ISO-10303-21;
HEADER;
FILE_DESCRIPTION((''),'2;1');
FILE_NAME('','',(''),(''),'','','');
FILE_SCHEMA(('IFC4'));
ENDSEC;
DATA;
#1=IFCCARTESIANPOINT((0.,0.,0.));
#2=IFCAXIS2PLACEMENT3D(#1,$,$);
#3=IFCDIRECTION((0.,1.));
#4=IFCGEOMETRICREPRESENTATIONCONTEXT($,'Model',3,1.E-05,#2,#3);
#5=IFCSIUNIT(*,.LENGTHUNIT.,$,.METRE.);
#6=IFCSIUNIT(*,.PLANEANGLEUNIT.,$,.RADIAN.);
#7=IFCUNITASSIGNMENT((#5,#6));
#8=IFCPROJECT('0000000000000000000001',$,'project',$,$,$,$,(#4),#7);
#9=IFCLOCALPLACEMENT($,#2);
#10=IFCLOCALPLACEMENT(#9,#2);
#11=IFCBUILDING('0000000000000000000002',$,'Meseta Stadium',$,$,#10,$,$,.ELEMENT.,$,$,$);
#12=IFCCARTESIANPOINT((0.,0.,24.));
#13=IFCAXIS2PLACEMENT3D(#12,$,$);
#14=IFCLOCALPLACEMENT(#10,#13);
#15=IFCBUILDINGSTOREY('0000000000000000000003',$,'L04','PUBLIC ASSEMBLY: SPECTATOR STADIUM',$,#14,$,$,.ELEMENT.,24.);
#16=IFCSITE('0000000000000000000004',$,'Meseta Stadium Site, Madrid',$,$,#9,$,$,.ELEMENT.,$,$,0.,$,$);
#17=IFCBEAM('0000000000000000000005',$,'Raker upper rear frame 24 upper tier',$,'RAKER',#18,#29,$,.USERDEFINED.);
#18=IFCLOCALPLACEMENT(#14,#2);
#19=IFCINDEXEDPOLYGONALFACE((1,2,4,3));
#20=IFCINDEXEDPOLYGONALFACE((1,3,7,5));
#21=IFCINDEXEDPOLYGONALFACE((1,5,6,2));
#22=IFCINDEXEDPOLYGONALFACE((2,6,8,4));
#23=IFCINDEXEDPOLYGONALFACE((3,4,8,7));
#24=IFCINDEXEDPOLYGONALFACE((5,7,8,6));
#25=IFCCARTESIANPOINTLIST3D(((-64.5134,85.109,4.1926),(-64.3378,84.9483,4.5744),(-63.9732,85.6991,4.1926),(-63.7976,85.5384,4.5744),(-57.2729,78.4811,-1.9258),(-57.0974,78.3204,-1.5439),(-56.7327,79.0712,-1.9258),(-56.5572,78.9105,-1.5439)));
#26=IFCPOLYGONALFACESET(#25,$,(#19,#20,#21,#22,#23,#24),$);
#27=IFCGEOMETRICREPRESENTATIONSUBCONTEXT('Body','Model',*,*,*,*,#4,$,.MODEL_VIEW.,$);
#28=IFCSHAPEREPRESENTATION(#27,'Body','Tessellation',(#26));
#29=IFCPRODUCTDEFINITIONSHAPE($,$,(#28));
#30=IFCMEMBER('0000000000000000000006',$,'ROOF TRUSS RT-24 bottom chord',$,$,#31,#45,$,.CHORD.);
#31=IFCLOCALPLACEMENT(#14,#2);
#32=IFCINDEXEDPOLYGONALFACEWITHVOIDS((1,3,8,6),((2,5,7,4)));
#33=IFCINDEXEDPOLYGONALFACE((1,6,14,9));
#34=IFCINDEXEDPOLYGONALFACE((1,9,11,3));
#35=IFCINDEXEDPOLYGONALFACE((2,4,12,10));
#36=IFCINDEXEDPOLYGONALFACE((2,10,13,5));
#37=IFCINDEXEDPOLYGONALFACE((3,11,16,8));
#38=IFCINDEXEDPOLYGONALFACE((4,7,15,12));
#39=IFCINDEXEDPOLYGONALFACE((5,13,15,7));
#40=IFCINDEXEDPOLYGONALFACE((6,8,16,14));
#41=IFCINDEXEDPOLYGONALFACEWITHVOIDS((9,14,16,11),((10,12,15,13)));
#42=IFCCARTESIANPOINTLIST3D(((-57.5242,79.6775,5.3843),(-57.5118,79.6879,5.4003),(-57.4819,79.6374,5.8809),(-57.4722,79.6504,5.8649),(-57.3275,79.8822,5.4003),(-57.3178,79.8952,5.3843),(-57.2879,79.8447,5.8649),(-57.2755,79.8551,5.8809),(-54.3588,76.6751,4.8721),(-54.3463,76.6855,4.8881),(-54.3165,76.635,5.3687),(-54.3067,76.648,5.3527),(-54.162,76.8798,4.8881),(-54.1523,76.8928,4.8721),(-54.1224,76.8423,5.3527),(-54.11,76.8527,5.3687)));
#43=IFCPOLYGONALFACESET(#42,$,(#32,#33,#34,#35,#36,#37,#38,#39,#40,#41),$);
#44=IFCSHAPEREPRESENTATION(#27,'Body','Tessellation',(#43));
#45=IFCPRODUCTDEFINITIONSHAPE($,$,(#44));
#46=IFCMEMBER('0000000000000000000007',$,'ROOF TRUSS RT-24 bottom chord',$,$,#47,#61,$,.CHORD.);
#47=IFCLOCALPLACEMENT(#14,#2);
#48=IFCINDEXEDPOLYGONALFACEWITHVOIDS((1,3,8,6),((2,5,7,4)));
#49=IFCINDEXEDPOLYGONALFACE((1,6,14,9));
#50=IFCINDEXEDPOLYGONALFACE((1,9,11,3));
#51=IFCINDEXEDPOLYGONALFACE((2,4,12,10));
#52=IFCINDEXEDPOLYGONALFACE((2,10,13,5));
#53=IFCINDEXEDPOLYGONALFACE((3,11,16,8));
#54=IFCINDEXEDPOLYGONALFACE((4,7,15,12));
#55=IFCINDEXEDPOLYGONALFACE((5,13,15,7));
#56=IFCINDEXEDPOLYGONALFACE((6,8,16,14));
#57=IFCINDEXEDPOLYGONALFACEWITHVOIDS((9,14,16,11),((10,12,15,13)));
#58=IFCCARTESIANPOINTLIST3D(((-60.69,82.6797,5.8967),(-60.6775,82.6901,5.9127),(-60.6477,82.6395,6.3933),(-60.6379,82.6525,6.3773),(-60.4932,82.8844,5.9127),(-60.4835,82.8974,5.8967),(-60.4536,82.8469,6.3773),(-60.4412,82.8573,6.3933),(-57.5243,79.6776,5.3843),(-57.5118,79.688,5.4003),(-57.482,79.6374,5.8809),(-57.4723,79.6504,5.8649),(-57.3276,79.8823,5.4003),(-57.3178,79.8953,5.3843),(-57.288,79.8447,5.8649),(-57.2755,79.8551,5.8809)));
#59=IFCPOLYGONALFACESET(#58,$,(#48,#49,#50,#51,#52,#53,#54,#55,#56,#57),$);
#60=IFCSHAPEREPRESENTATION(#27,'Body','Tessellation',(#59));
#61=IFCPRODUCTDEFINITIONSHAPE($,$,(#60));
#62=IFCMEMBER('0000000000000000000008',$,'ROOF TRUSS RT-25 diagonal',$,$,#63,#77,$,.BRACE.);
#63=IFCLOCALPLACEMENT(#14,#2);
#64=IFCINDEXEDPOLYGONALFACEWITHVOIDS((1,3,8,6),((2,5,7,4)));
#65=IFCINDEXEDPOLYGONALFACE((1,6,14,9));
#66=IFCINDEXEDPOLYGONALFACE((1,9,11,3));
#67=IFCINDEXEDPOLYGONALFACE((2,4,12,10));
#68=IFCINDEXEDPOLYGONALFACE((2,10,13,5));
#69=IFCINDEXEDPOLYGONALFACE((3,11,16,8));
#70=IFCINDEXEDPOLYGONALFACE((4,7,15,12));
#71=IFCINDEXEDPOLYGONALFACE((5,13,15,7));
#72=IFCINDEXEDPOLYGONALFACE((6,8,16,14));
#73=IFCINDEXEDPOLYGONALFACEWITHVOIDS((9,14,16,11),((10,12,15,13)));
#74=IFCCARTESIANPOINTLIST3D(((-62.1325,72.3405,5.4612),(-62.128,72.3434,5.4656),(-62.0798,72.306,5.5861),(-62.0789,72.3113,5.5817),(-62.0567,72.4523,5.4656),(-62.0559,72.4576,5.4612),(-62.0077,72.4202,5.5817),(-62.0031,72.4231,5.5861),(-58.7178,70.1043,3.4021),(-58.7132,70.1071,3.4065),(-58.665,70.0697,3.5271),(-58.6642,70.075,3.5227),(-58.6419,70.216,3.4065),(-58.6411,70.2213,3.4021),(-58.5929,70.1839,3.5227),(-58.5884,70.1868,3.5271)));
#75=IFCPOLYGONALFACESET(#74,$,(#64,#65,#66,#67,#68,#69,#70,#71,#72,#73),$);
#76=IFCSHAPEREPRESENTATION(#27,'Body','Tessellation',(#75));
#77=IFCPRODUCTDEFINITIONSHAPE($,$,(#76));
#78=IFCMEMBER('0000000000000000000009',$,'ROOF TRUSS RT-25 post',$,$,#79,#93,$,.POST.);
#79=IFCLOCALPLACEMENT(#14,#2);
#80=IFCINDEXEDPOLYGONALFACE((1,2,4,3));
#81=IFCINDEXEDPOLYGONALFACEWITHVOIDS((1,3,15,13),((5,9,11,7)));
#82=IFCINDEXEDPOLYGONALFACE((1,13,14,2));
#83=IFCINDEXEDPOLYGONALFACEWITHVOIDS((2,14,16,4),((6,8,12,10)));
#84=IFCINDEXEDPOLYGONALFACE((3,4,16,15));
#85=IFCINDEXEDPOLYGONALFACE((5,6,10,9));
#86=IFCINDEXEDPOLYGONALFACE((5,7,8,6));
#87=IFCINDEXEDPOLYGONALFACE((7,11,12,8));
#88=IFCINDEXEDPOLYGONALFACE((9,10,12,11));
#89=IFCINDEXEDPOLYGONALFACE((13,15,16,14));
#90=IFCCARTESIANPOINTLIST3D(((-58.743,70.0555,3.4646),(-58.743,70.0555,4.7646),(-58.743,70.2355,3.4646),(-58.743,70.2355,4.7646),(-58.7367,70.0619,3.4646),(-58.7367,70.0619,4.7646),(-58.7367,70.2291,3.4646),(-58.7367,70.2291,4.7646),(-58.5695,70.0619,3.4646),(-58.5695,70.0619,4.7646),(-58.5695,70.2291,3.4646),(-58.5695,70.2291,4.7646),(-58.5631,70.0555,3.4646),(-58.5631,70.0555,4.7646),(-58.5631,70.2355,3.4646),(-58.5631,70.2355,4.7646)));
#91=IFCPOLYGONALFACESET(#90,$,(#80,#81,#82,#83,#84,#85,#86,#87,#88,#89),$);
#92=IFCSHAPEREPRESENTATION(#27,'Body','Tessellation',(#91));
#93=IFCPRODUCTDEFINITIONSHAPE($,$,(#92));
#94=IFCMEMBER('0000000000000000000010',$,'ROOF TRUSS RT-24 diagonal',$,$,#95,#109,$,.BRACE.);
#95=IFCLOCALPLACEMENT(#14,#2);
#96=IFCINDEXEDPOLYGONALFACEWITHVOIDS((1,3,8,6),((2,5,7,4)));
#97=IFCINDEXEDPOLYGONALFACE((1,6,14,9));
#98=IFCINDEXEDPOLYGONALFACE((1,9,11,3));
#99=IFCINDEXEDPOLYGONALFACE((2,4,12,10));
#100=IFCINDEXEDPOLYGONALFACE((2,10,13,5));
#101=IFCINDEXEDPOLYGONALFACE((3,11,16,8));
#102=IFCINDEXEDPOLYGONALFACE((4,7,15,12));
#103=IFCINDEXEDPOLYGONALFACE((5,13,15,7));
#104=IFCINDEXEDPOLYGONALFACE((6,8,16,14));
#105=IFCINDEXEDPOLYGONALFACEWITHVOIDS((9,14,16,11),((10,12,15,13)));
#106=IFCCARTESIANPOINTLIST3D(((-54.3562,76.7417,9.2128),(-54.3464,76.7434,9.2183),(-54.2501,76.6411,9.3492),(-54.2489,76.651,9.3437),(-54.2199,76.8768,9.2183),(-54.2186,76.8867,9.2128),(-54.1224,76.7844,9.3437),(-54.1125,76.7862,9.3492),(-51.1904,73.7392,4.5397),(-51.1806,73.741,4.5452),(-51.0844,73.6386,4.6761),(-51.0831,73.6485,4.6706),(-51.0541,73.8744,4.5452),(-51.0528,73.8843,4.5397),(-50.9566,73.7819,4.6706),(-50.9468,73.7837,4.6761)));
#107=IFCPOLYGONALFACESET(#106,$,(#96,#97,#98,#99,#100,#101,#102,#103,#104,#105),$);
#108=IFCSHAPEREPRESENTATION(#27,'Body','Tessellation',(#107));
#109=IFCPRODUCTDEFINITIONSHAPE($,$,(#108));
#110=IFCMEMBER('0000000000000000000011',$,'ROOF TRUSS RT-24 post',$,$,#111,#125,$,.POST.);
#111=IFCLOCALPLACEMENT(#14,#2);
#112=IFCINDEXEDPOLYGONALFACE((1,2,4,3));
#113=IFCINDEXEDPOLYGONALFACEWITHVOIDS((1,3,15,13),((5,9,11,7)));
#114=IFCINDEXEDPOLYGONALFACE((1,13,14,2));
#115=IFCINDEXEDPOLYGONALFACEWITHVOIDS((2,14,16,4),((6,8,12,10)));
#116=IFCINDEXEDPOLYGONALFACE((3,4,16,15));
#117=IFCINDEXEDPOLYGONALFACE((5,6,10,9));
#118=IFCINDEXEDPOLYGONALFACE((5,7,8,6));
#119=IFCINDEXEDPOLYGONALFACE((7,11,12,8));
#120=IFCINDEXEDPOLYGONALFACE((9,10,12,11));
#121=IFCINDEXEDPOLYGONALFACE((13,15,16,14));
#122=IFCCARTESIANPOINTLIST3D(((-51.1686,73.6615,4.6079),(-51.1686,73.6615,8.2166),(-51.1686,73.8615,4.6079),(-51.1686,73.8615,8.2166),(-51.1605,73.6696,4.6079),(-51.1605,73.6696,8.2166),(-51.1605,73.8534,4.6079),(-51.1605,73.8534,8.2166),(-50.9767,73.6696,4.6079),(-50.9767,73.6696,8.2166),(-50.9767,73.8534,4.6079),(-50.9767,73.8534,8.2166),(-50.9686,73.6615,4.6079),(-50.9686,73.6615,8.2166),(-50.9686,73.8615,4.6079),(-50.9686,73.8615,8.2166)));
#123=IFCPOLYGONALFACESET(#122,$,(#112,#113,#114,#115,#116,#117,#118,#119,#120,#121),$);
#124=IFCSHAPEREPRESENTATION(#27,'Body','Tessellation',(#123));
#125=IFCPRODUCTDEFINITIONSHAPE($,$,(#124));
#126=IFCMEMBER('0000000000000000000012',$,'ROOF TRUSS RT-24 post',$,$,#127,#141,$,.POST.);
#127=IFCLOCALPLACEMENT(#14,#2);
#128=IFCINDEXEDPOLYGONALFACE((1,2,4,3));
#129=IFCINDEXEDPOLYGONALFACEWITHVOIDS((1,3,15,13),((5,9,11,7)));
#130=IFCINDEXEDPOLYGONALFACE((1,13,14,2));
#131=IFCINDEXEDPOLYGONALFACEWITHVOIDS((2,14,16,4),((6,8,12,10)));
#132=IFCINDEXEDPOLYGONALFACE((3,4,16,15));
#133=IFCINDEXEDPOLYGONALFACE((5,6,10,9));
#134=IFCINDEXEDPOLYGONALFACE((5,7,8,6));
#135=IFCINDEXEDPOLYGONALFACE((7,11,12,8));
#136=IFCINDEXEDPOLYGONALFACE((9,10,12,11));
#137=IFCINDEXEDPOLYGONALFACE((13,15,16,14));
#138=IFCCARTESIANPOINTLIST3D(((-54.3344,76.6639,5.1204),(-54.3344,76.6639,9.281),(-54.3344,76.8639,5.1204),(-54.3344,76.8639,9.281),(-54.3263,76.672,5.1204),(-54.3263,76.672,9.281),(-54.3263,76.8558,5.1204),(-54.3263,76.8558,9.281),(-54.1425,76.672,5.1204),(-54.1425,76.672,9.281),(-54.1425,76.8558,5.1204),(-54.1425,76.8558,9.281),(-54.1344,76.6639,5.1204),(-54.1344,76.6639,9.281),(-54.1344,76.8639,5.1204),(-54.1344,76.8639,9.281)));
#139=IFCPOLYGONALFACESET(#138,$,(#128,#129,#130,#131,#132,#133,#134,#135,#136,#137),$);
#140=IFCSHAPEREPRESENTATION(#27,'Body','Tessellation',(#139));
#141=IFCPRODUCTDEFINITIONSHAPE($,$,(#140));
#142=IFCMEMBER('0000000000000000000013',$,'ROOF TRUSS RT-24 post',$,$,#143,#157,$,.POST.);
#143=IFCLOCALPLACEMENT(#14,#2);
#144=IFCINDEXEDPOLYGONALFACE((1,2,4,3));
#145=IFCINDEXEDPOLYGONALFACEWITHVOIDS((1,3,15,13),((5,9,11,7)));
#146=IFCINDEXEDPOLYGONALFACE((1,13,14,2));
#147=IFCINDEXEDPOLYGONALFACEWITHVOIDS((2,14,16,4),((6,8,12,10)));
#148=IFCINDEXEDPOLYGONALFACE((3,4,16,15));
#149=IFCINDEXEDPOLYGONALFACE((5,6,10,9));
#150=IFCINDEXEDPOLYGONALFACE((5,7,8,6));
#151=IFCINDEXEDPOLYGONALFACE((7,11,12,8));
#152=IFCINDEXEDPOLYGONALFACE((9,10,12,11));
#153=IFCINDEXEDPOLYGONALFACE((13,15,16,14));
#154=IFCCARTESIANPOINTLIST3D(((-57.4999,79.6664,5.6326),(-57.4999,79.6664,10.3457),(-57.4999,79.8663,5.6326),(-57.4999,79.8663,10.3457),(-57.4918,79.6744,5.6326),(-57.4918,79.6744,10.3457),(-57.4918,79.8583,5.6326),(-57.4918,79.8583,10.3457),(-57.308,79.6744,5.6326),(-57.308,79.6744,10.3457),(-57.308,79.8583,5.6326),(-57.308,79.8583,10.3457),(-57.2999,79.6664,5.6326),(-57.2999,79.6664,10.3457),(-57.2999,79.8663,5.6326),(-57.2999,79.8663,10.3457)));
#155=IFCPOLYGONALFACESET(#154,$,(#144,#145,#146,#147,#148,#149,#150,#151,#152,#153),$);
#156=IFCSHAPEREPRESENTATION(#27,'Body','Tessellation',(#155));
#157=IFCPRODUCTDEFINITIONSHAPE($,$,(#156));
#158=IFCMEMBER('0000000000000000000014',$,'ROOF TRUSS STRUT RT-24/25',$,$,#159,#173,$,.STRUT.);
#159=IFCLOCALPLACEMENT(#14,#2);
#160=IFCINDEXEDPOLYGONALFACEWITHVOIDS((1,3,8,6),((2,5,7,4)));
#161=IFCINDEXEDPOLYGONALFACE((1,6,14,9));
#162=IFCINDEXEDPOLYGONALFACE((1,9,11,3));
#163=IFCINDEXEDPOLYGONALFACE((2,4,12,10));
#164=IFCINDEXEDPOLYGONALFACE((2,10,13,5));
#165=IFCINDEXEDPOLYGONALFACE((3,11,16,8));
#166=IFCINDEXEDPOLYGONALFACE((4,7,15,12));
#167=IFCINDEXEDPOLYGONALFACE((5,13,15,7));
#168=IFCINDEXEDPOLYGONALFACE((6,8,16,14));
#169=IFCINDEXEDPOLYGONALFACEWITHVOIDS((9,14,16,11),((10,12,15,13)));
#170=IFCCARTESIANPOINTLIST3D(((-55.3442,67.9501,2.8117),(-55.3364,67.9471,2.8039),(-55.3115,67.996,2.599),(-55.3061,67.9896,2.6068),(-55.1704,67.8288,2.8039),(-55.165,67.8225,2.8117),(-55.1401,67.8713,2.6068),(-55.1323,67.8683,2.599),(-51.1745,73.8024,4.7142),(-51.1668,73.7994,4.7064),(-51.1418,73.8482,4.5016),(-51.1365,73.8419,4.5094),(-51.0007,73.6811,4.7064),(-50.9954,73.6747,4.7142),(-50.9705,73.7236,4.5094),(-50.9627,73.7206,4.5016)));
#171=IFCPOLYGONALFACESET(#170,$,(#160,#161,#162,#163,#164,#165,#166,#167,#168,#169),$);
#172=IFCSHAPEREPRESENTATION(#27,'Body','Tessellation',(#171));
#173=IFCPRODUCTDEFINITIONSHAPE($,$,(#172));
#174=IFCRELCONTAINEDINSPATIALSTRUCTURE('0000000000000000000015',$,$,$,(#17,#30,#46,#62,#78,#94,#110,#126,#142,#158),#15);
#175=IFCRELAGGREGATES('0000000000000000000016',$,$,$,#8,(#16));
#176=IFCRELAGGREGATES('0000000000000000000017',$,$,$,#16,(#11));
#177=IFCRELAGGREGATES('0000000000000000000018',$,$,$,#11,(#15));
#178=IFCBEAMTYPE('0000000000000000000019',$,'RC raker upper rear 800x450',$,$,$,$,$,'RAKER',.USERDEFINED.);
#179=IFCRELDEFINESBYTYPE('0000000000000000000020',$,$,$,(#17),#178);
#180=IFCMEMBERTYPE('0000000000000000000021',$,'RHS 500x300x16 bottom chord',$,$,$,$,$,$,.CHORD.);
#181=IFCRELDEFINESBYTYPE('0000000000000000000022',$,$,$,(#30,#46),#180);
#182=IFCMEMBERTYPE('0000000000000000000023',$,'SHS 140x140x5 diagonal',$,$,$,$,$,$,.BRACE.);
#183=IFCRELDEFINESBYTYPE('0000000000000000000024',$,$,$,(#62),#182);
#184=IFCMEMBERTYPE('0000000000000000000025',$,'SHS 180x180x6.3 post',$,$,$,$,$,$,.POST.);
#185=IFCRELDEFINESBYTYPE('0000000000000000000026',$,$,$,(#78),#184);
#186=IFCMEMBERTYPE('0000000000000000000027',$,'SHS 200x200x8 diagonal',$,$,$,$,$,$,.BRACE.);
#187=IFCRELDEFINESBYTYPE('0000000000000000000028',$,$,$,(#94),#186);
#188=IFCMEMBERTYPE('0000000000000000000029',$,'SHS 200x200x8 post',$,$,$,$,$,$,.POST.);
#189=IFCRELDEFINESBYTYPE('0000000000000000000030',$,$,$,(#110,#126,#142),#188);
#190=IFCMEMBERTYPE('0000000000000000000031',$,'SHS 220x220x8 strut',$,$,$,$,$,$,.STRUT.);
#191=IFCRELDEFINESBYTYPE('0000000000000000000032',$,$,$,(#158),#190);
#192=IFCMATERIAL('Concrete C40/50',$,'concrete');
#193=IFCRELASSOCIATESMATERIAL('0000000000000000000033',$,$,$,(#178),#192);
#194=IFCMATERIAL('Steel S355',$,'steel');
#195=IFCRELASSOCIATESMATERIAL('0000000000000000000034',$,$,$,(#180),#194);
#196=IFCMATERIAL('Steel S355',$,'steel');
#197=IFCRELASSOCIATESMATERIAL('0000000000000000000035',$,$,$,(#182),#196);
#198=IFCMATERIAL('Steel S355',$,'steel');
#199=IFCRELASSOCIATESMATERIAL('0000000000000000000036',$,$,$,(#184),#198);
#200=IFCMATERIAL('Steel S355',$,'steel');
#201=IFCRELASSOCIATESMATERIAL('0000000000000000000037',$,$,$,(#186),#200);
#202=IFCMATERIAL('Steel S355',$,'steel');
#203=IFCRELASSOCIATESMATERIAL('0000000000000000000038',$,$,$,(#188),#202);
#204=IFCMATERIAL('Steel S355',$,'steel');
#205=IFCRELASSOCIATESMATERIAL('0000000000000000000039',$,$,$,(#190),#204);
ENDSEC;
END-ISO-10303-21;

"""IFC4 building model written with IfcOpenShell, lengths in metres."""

from ifc_helpers import new_model, si_unit, direction, frame, origin, origin_2d, place, context, subcontext, project, spatial, rectangle, hollow_rectangle, extrude, material, material_profile, profile_set, type_object, element, save


model = new_model("IFC4")

# Units and contexts
model_context = context("Model", 3, precision=1e-05, world=origin(), true_north=direction((0.0, 1.0)))
body_context = subcontext(model_context, "Body", "Model", "MODEL_VIEW")
ifc_project = project(units=[si_unit("LENGTHUNIT", "METRE"), si_unit("PLANEANGLEUNIT", "RADIAN")], contexts=[model_context])

# Site, building, storey
site_placement = place(None, origin())
site = spatial("IfcSite", under=ifc_project, at=site_placement, Name="Meseta Stadium Site, Madrid", CompositionType="ELEMENT", RefElevation=0.0)
building_placement = place(site_placement, origin())
building = spatial("IfcBuilding", under=site, at=building_placement, Name="Meseta Stadium", CompositionType="ELEMENT")
storey_placement = place(building_placement, frame((0.0, 0.0, 24.0)))
storey = spatial("IfcBuildingStorey", under=building, at=storey_placement, Name="L04", Description="PUBLIC ASSEMBLY: SPECTATOR STADIUM", CompositionType="ELEMENT", Elevation=24.0)

# Beam
ifc_material_1 = material(Name="Concrete C40/50", Category="concrete")
ifc_material_profile_1 = material_profile(ifc_material_1, rectangle(XDim=0.8, YDim=0.45, at=origin_2d()), Name="RC 800x450")
ifc_profile_set_1 = profile_set([ifc_material_profile_1], Name="Concrete C40/50")
beam_type = type_object("IfcBeamType", Name="RC raker upper rear 800x450", ElementType="RAKER", PredefinedType="USERDEFINED", material=ifc_profile_set_1)
beam_placement = place(storey_placement, frame((-56.915, 78.6958, -1.7349), z_axis=(-0.625975, 0.573017, 0.528967), x_axis=(-0.675217, -0.73762, 0.0)))
element("IfcBeam", 1, at=beam_placement, inside=storey, type_object=beam_type, Name="Raker upper rear frame 24 upper tier", ObjectType="RAKER", PredefinedType="USERDEFINED", context=body_context, shape_type="SweptSolid", body=[
    extrude(rectangle(XDim=0.8, YDim=0.45, at=origin_2d()), origin(), (0.0, 0.0, 1.0), 11.5667),
])

# Members
ifc_material_2 = material(Name="Steel S355", Category="steel")
ifc_material_profile_2 = material_profile(ifc_material_2, hollow_rectangle(XDim=0.3, YDim=0.5, WallThickness=0.0161, at=origin_2d()), Name="RHS 500x300x16")
ifc_profile_set_2 = profile_set([ifc_material_profile_2], Name="Steel S355")
member_type_1 = type_object("IfcMemberType", Name="RHS 500x300x16 bottom chord", PredefinedType="CHORD", material=ifc_profile_set_2)
for number, where, z_axis, x_axis, name in (
    (2, (-54.2344, 76.7639, 5.1204), (-0.720601, 0.683476, 0.116599), (-0.68817, -0.72555, 0.0), "ROOF TRUSS RT-24 bottom chord"),
    (3, (-57.3999, 79.7664, 5.6326), (-0.72065, 0.683414, 0.116653), (-0.688112, -0.725604, 0.0), "ROOF TRUSS RT-24 bottom chord"),
):
    element("IfcMember", number, at=place(storey_placement, frame(where, z_axis=z_axis, x_axis=x_axis)), inside=storey, type_object=member_type_1, Name=name, PredefinedType="CHORD", context=body_context, shape_type="SweptSolid", body=[
        extrude(hollow_rectangle(XDim=0.3, YDim=0.5, WallThickness=0.0161, at=origin_2d()), origin(), (0.0, 0.0, 1.0), 4.3928),
    ])
ifc_material_3 = material(Name="Steel S355", Category="steel")
ifc_material_profile_3 = material_profile(ifc_material_3, hollow_rectangle(XDim=0.1399, YDim=0.1399, WallThickness=0.0049, at=origin_2d()), Name="SHS 140x140x5")
ifc_profile_set_3 = profile_set([ifc_material_profile_3], Name="Steel S355")
member_type_2 = type_object("IfcMemberType", Name="SHS 140x140x5 diagonal", PredefinedType="BRACE", material=ifc_profile_set_3)
member_1_placement = place(storey_placement, frame((-58.6531, 70.1455, 3.4646), z_axis=(-0.746918, 0.489152, 0.450383), x_axis=(-0.547863, -0.836568, 0.0)))
element("IfcMember", 4, at=member_1_placement, inside=storey, type_object=member_type_2, Name="ROOF TRUSS RT-25 diagonal", PredefinedType="BRACE", context=body_context, shape_type="SweptSolid", body=[
    extrude(hollow_rectangle(XDim=0.1399, YDim=0.1399, WallThickness=0.0049, at=origin_2d()), origin(), (0.0, 0.0, 1.0), 4.5718),
])
ifc_material_4 = material(Name="Steel S355", Category="steel")
ifc_material_profile_4 = material_profile(ifc_material_4, hollow_rectangle(XDim=0.1799, YDim=0.1799, WallThickness=0.0063, at=origin_2d()), Name="SHS 180x180x6.3")
ifc_profile_set_4 = profile_set([ifc_material_profile_4], Name="Steel S355")
member_type_3 = type_object("IfcMemberType", Name="SHS 180x180x6.3 post", PredefinedType="POST", material=ifc_profile_set_4)
member_2_placement = place(storey_placement, frame((-58.6531, 70.1455, 3.4646), z_axis=(0.0, 0.0, 1.0), x_axis=(1.0, 0.0, 0.0)))
element("IfcMember", 5, at=member_2_placement, inside=storey, type_object=member_type_3, Name="ROOF TRUSS RT-25 post", PredefinedType="POST", context=body_context, shape_type="SweptSolid", body=[
    extrude(hollow_rectangle(XDim=0.1799, YDim=0.1799, WallThickness=0.0063, at=origin_2d()), origin(), (0.0, 0.0, 1.0), 1.3),
])
ifc_material_5 = material(Name="Steel S355", Category="steel")
ifc_material_profile_5 = material_profile(ifc_material_5, hollow_rectangle(XDim=0.2, YDim=0.2, WallThickness=0.0081, at=origin_2d()), Name="SHS 200x200x8")
ifc_profile_set_5 = profile_set([ifc_material_profile_5], Name="Steel S355")
member_type_4 = type_object("IfcMemberType", Name="SHS 200x200x8 diagonal", PredefinedType="BRACE", material=ifc_profile_set_5)
member_3_placement = place(storey_placement, frame((-51.0686, 73.7615, 4.6079), z_axis=(-0.495168, 0.469621, 0.730934), x_axis=(-0.688142, -0.725576, 0.0)))
element("IfcMember", 6, at=member_3_placement, inside=storey, type_object=member_type_4, Name="ROOF TRUSS RT-24 diagonal", PredefinedType="BRACE", context=body_context, shape_type="SweptSolid", body=[
    extrude(hollow_rectangle(XDim=0.2, YDim=0.2, WallThickness=0.0081, at=origin_2d()), origin(), (0.0, 0.0, 1.0), 6.3933),
])
ifc_material_6 = material(Name="Steel S355", Category="steel")
ifc_material_profile_6 = material_profile(ifc_material_6, hollow_rectangle(XDim=0.2, YDim=0.2, WallThickness=0.0081, at=origin_2d()), Name="SHS 200x200x8")
ifc_profile_set_6 = profile_set([ifc_material_profile_6], Name="Steel S355")
member_type_5 = type_object("IfcMemberType", Name="SHS 200x200x8 post", PredefinedType="POST", material=ifc_profile_set_6)
member_4_placement = place(storey_placement, frame((-51.0686, 73.7615, 4.6079), z_axis=(0.0, 0.0, 1.0), x_axis=(1.0, 0.0, 0.0)))
element("IfcMember", 7, at=member_4_placement, inside=storey, type_object=member_type_5, Name="ROOF TRUSS RT-24 post", PredefinedType="POST", context=body_context, shape_type="SweptSolid", body=[
    extrude(hollow_rectangle(XDim=0.2, YDim=0.2, WallThickness=0.0081, at=origin_2d()), origin(), (0.0, 0.0, 1.0), 3.6086),
])
member_5_placement = place(storey_placement, frame((-54.2344, 76.7639, 5.1204), z_axis=(0.0, 0.0, 1.0), x_axis=(1.0, 0.0, 0.0)))
element("IfcMember", 8, at=member_5_placement, inside=storey, type_object=member_type_5, Name="ROOF TRUSS RT-24 post", PredefinedType="POST", context=body_context, shape_type="SweptSolid", body=[
    extrude(hollow_rectangle(XDim=0.2, YDim=0.2, WallThickness=0.0081, at=origin_2d()), origin(), (0.0, 0.0, 1.0), 4.1606),
])
member_6_placement = place(storey_placement, frame((-57.3999, 79.7664, 5.6326), z_axis=(0.0, 0.0, 1.0), x_axis=(1.0, 0.0, 0.0)))
element("IfcMember", 9, at=member_6_placement, inside=storey, type_object=member_type_5, Name="ROOF TRUSS RT-24 post", PredefinedType="POST", context=body_context, shape_type="SweptSolid", body=[
    extrude(hollow_rectangle(XDim=0.2, YDim=0.2, WallThickness=0.0081, at=origin_2d()), origin(), (0.0, 0.0, 1.0), 4.7131),
])
ifc_material_7 = material(Name="Steel S355", Category="steel")
ifc_material_profile_7 = material_profile(ifc_material_7, hollow_rectangle(XDim=0.22, YDim=0.22, WallThickness=0.0081, at=origin_2d()), Name="SHS 220x220x8")
ifc_profile_set_7 = profile_set([ifc_material_profile_7], Name="Steel S355")
member_type_6 = type_object("IfcMemberType", Name="SHS 220x220x8 strut", PredefinedType="STRUT", material=ifc_profile_set_7)
member_7_placement = place(storey_placement, frame((-51.0686, 73.7615, 4.6079), z_axis=(-0.560938, -0.787297, -0.255951), x_axis=(0.814426, -0.580267, 0.0)))
element("IfcMember", 10, at=member_7_placement, inside=storey, type_object=member_type_6, Name="ROOF TRUSS STRUT RT-24/25", PredefinedType="STRUT", context=body_context, shape_type="SweptSolid", body=[
    extrude(hollow_rectangle(XDim=0.22, YDim=0.22, WallThickness=0.0081, at=origin_2d()), origin(), (0.0, 0.0, 1.0), 7.4333),
])

save(model, "model.ifc")
